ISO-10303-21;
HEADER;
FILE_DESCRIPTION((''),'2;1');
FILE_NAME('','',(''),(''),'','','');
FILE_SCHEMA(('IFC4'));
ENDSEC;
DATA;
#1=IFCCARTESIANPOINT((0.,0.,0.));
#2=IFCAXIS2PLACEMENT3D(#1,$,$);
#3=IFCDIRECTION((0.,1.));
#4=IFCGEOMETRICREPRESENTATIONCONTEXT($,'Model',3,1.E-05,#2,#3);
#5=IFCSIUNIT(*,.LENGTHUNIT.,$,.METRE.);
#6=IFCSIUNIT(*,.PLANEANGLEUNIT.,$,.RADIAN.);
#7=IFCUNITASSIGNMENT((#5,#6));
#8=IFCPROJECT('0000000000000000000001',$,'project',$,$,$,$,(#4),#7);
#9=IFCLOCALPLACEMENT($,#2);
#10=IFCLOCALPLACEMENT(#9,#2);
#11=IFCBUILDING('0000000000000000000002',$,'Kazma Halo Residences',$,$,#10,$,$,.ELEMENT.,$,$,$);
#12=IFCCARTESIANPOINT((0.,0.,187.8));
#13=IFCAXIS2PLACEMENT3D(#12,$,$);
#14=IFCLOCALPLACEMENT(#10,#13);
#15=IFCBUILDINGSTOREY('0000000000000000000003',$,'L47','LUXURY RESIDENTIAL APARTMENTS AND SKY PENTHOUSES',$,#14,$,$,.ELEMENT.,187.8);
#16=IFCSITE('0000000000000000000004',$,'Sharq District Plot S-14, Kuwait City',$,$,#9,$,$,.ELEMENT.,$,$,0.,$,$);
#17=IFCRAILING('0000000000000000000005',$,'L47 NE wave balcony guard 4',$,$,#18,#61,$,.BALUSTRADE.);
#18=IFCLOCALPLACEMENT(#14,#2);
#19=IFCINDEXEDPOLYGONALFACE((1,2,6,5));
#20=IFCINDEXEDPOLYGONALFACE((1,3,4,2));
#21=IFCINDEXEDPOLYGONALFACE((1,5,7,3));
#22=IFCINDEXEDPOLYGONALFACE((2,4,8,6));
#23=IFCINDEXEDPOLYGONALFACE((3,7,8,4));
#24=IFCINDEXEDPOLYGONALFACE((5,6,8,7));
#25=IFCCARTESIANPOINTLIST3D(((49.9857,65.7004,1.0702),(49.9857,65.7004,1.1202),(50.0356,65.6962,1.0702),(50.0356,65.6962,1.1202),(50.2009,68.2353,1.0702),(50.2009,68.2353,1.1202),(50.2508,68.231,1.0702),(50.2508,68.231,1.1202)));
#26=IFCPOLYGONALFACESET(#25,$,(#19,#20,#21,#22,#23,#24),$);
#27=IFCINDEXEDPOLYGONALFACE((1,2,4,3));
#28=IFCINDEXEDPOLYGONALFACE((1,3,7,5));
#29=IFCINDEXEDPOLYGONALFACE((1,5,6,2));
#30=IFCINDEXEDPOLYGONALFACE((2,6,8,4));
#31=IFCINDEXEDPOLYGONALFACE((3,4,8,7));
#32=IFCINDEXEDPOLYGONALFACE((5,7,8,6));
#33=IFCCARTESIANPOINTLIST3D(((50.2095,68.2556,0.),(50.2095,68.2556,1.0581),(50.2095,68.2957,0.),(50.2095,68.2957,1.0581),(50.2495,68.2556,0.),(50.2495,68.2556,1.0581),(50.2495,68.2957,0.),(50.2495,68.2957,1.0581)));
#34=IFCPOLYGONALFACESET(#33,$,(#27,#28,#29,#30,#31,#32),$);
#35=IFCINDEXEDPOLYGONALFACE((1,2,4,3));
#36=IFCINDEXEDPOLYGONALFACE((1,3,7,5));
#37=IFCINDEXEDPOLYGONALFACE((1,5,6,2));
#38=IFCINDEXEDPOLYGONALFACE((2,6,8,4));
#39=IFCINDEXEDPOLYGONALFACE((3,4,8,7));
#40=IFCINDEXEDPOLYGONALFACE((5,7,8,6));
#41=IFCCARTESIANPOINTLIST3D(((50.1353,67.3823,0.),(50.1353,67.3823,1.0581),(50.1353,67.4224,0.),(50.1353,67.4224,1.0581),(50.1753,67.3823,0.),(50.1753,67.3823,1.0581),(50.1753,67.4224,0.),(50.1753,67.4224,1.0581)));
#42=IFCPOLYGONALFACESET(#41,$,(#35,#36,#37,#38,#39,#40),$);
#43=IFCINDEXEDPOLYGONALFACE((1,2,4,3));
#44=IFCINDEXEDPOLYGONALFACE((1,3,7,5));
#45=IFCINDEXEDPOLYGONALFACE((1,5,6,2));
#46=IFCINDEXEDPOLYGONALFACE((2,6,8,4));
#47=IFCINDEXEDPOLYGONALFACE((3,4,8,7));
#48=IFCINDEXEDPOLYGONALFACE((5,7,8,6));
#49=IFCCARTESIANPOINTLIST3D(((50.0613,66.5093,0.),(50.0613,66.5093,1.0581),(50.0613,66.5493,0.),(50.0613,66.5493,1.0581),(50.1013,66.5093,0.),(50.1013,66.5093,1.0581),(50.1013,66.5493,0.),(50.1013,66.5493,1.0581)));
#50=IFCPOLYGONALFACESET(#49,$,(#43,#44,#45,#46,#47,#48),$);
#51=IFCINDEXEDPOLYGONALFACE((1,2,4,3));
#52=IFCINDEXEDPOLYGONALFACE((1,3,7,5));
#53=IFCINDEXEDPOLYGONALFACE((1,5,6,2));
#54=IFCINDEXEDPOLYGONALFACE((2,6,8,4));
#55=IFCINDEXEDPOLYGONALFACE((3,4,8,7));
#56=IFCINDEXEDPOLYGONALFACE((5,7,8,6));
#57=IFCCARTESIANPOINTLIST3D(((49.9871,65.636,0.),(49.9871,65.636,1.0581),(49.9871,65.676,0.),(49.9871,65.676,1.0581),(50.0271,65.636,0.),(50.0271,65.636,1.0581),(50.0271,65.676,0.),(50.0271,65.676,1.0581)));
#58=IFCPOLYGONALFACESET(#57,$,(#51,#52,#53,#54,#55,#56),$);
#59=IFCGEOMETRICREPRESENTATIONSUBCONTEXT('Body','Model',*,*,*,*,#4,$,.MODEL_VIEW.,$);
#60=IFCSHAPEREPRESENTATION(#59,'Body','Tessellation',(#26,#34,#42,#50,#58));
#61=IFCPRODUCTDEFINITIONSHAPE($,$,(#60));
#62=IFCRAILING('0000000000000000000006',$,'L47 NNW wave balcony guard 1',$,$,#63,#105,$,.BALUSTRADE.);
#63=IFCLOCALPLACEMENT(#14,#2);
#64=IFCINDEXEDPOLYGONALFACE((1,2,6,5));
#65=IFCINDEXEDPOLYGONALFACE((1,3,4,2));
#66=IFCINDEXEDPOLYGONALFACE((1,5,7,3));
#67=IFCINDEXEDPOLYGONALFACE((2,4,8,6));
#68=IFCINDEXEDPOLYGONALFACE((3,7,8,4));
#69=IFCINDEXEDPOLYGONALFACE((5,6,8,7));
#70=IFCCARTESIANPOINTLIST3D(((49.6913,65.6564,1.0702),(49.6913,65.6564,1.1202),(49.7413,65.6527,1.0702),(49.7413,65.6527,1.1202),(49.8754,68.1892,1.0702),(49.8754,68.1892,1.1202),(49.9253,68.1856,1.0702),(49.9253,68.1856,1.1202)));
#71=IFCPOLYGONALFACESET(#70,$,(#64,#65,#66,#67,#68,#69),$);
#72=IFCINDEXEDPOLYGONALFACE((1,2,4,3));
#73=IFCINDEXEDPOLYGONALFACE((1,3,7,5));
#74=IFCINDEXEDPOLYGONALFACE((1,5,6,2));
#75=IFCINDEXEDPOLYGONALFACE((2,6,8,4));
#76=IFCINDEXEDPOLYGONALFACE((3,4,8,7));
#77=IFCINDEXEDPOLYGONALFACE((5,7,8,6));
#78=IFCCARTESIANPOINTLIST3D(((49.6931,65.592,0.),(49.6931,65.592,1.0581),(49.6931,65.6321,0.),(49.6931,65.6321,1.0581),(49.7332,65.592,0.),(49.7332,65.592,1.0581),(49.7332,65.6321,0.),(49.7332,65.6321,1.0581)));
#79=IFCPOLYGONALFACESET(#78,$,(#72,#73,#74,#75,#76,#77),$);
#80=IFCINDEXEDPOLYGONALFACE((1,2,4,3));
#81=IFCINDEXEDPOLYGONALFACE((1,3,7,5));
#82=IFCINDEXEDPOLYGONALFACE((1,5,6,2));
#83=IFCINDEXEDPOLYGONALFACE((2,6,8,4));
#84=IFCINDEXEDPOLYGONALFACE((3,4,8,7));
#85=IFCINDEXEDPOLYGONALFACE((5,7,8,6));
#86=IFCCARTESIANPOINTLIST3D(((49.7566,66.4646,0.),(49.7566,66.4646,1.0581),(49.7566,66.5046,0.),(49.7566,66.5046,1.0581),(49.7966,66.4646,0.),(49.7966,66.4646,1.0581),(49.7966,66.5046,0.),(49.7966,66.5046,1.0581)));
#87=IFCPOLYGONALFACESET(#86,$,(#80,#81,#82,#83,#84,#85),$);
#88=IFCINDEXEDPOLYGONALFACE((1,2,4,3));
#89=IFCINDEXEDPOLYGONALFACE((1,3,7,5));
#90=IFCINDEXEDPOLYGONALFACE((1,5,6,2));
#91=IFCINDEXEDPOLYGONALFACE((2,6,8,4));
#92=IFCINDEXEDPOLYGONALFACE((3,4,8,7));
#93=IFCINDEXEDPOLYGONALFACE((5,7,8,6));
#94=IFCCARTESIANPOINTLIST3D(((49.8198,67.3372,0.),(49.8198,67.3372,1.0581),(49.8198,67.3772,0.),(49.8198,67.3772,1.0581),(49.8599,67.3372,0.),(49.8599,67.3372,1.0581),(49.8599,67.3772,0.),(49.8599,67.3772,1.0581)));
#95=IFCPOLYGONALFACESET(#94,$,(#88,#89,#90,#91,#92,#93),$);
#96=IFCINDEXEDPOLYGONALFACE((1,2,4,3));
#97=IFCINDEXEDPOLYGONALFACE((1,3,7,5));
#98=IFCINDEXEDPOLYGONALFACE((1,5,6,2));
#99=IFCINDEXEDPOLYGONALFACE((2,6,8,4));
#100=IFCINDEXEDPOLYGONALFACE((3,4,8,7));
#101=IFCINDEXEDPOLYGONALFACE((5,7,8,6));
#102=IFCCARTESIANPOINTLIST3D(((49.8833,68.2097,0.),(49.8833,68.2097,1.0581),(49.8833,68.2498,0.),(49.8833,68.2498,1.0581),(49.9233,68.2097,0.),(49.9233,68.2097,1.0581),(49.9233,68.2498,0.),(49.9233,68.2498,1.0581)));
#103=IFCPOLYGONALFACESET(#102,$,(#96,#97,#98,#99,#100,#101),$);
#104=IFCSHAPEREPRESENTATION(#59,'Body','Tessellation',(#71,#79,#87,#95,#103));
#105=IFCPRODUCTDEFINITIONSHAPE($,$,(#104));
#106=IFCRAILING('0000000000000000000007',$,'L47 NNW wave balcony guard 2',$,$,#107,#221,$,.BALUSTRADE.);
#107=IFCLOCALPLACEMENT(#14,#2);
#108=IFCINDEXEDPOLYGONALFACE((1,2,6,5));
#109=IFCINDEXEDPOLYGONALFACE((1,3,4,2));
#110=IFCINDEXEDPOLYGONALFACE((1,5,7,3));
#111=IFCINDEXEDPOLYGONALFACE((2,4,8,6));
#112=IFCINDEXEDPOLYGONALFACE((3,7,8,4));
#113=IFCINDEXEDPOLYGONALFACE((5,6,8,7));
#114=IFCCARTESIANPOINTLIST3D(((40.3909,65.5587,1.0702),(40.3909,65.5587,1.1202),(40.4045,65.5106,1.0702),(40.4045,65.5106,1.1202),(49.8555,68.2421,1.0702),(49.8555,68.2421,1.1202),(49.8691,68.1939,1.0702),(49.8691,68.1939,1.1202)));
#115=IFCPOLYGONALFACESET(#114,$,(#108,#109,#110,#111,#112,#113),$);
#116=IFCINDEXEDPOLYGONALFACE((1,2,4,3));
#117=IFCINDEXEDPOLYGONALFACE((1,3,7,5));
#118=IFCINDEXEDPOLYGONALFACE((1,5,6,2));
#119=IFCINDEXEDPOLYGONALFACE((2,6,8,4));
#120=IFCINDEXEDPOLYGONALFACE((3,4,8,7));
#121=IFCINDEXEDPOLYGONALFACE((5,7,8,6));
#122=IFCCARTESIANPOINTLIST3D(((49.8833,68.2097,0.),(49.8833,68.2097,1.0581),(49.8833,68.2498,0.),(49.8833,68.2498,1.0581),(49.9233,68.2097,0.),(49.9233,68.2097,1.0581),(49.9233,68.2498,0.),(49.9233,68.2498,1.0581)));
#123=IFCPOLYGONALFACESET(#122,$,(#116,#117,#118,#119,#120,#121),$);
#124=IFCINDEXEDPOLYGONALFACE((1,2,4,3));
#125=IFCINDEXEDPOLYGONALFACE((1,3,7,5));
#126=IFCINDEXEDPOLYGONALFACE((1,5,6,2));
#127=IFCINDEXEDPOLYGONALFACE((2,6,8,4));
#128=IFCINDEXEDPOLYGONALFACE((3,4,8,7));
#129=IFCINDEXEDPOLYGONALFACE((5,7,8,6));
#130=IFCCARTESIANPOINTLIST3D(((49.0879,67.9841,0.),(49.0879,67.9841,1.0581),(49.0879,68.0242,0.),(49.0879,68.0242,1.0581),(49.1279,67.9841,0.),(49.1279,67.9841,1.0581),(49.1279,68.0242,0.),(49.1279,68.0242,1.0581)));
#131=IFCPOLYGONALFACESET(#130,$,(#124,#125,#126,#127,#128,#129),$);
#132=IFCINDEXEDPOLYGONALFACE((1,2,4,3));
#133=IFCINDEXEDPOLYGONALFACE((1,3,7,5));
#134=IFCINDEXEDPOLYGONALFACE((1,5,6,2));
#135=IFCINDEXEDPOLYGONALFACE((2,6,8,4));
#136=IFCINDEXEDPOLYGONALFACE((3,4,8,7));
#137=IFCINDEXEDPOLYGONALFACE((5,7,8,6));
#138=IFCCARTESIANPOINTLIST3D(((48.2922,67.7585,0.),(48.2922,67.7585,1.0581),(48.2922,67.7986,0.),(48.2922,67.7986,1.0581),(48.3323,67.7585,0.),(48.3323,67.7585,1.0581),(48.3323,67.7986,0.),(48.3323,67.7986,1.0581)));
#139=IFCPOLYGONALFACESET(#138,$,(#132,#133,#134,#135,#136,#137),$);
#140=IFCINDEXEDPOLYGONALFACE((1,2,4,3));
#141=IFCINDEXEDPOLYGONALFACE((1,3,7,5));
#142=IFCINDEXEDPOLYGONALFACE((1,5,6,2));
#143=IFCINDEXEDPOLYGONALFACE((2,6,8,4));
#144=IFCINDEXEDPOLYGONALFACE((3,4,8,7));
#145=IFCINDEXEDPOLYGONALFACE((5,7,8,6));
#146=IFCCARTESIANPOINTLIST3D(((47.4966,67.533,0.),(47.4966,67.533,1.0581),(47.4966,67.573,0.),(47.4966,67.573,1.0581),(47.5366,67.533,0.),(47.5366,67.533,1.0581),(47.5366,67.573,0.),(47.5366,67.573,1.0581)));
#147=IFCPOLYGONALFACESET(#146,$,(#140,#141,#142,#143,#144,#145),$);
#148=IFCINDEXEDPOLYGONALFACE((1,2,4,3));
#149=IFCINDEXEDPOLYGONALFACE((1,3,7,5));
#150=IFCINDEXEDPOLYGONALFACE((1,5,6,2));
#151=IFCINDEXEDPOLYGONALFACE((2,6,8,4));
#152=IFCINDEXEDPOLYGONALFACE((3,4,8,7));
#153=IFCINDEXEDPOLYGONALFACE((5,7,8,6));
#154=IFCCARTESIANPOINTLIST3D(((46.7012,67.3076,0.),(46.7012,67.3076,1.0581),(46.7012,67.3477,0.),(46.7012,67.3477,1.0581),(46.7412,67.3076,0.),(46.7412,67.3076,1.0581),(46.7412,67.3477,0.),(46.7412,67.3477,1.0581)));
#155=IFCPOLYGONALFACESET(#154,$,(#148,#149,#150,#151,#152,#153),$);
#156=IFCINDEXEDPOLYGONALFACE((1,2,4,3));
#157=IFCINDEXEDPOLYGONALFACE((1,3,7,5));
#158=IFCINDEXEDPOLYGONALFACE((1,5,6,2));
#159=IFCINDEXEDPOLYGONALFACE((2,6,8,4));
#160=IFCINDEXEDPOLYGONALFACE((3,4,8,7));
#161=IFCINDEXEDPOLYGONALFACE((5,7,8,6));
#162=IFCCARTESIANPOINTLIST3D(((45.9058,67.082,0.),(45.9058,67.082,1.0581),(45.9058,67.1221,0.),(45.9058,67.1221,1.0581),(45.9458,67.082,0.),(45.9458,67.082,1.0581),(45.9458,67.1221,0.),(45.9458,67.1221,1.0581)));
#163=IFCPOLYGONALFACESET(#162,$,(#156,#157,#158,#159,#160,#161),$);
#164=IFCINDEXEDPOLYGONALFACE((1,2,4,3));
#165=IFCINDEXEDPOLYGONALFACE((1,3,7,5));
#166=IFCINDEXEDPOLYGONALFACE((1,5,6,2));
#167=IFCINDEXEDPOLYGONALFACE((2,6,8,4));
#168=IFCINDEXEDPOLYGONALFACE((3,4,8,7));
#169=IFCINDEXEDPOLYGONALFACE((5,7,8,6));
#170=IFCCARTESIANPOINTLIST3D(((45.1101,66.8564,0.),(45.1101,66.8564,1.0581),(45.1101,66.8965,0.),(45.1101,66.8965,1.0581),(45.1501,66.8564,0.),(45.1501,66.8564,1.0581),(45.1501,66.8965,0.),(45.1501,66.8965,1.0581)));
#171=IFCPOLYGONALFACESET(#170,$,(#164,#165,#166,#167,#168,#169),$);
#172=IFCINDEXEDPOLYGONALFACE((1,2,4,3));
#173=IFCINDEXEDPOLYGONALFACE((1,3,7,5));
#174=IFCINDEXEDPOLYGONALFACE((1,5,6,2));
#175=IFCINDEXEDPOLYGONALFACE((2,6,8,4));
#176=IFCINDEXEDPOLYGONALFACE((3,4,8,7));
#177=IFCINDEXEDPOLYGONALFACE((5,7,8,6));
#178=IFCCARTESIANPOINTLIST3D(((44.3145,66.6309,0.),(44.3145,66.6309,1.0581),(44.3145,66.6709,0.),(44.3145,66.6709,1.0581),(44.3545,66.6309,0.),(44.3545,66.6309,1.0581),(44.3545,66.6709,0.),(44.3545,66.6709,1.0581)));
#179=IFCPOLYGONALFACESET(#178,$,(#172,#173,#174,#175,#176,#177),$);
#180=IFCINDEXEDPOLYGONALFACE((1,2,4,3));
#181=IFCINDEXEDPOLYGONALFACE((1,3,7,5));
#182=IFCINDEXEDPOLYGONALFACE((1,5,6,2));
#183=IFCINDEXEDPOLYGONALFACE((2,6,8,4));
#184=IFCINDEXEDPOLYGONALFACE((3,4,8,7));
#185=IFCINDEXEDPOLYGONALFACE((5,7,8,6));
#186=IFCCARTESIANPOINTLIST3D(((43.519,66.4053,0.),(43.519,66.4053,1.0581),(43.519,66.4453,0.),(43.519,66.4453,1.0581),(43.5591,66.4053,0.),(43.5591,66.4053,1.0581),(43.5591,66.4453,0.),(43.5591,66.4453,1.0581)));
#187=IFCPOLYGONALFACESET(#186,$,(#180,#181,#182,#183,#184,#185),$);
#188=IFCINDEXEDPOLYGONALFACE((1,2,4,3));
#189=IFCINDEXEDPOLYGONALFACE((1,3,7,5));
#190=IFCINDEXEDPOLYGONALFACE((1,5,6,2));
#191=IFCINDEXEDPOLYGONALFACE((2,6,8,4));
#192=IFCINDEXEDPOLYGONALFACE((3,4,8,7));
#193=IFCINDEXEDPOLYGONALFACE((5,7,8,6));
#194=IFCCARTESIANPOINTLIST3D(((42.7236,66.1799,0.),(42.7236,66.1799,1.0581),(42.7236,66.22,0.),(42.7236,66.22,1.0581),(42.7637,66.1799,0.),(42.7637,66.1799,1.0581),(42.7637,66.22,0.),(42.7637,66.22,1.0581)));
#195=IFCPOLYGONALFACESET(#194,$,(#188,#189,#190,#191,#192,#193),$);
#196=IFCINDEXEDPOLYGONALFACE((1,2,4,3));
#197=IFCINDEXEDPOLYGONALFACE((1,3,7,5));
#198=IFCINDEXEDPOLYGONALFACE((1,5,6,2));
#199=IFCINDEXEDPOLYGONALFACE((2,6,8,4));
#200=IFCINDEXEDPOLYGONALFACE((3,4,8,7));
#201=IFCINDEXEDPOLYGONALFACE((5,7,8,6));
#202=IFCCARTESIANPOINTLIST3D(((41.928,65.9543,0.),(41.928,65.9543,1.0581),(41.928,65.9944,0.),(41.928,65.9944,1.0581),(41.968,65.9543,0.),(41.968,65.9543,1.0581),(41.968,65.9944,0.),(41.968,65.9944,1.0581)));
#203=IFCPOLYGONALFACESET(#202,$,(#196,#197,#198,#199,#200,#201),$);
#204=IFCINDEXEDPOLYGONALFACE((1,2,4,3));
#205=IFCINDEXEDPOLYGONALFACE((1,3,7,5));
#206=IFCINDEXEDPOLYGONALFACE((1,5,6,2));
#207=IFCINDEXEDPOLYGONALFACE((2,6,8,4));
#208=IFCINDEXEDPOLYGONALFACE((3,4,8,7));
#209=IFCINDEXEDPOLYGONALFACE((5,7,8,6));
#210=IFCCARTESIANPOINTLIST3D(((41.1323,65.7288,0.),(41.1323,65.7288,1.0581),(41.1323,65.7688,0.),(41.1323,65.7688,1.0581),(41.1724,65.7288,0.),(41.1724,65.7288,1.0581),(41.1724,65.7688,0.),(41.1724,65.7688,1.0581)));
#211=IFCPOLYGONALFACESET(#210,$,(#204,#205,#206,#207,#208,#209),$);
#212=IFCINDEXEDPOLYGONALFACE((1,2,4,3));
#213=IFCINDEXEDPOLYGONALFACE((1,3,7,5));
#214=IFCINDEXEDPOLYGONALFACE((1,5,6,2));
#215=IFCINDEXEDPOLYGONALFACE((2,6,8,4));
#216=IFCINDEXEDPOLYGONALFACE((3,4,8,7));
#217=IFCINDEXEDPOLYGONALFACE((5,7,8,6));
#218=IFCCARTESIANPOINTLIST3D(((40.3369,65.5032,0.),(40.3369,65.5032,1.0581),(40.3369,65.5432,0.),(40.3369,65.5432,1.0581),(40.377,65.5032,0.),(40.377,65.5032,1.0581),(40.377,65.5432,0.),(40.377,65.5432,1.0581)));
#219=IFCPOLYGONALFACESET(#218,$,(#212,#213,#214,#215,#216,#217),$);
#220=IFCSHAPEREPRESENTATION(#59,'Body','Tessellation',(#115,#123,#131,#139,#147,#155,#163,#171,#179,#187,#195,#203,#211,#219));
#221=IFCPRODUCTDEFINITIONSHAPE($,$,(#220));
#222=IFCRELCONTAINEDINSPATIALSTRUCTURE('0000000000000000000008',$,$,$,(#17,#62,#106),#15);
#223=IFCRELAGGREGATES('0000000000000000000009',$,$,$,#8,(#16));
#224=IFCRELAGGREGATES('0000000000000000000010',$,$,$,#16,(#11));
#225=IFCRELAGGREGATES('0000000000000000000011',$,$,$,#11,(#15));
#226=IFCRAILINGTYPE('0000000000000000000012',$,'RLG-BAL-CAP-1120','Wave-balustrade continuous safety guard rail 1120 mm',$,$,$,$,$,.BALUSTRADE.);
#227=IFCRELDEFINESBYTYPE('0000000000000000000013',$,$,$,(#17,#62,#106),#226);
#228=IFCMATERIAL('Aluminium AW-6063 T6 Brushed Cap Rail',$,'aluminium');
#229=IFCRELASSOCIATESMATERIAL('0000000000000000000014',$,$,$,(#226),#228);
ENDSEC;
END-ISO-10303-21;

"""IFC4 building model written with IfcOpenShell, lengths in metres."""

from ifc_helpers import new_model, si_unit, direction, frame, origin, origin_2d, place, context, subcontext, project, spatial, rectangle, extrude, material, type_object, element, save


model = new_model("IFC4")

# Units and contexts
model_context = context("Model", 3, precision=1e-05, world=origin(), true_north=direction((0.0, 1.0)))
body_context = subcontext(model_context, "Body", "Model", "MODEL_VIEW")
ifc_project = project(units=[si_unit("LENGTHUNIT", "METRE"), si_unit("PLANEANGLEUNIT", "RADIAN")], contexts=[model_context])

# Site, building, storey
site_placement = place(None, origin())
site = spatial("IfcSite", under=ifc_project, at=site_placement, Name="Sharq District Plot S-14, Kuwait City", CompositionType="ELEMENT", RefElevation=0.0)
building_placement = place(site_placement, origin())
building = spatial("IfcBuilding", under=site, at=building_placement, Name="Kazma Halo Residences", CompositionType="ELEMENT")
storey_placement = place(building_placement, frame((0.0, 0.0, 187.8)))
storey = spatial("IfcBuildingStorey", under=building, at=storey_placement, Name="L47", Description="LUXURY RESIDENTIAL APARTMENTS AND SKY PENTHOUSES", CompositionType="ELEMENT", Elevation=187.8)

# Railings
ifc_material_1 = material(Name="Aluminium AW-6063 T6 Brushed Cap Rail", Category="aluminium")
railing_type = type_object("IfcRailingType", Name="RLG-BAL-CAP-1120", Description="Wave-balustrade continuous safety guard rail 1120 mm", PredefinedType="BALUSTRADE", material=ifc_material_1)
railing_1_placement = place(storey_placement, frame((50.2295, 68.2756, 0.0)))
element("IfcRailing", 1, at=railing_1_placement, inside=storey, type_object=railing_type, Name="L47 NE wave balcony guard 4", PredefinedType="BALUSTRADE", context=body_context, shape_type="SweptSolid", body=[
    extrude(rectangle(XDim=0.05, YDim=0.05, at=origin_2d()), frame((-0.0037, -0.0425, 1.0952), z_axis=(-0.084598, -0.996415, 0.0), x_axis=(0.996415, -0.084598, 0.0)), (0.0, 0.0, 1.0), 2.5439),
    extrude(rectangle(XDim=0.04, YDim=0.04, at=origin_2d()), origin(), (0.0, 0.0, 1.0), 1.0581),
    extrude(rectangle(XDim=0.04, YDim=0.04, at=origin_2d()), frame((-0.0742, -0.8733, 0.0)), (0.0, 0.0, 1.0), 1.0581),
    extrude(rectangle(XDim=0.04, YDim=0.04, at=origin_2d()), frame((-0.1482, -1.7463, 0.0)), (0.0, 0.0, 1.0), 1.0581),
    extrude(rectangle(XDim=0.04, YDim=0.04, at=origin_2d()), frame((-0.2224, -2.6196, 0.0)), (0.0, 0.0, 1.0), 1.0581),
])
railing_2_placement = place(storey_placement, frame((49.7131, 65.6121, 0.0)))
element("IfcRailing", 2, at=railing_2_placement, inside=storey, type_object=railing_type, Name="L47 NNW wave balcony guard 1", PredefinedType="BALUSTRADE", context=body_context, shape_type="SweptSolid", body=[
    extrude(rectangle(XDim=0.05, YDim=0.05, at=origin_2d()), frame((0.0032, 0.0425, 1.0952), z_axis=(0.072463, 0.997371, 0.0), x_axis=(-0.997371, 0.072463, 0.0)), (0.0, 0.0, 1.0), 2.5396),
    extrude(rectangle(XDim=0.04, YDim=0.04, at=origin_2d()), origin(), (0.0, 0.0, 1.0), 1.0581),
    extrude(rectangle(XDim=0.04, YDim=0.04, at=origin_2d()), frame((0.0635, 0.8726, 0.0)), (0.0, 0.0, 1.0), 1.0581),
    extrude(rectangle(XDim=0.04, YDim=0.04, at=origin_2d()), frame((0.1267, 1.7451, 0.0)), (0.0, 0.0, 1.0), 1.0581),
    extrude(rectangle(XDim=0.04, YDim=0.04, at=origin_2d()), frame((0.1902, 2.6177, 0.0)), (0.0, 0.0, 1.0), 1.0581),
])
railing_3_placement = place(storey_placement, frame((49.9033, 68.2297, 0.0)))
element("IfcRailing", 3, at=railing_3_placement, inside=storey, type_object=railing_type, Name="L47 NNW wave balcony guard 2", PredefinedType="BALUSTRADE", context=body_context, shape_type="SweptSolid", body=[
    extrude(rectangle(XDim=0.05, YDim=0.05, at=origin_2d()), frame((-0.041, -0.0117, 1.0952), z_axis=(-0.962081, -0.272764, 0.0), x_axis=(0.272764, -0.962081, 0.0)), (0.0, 0.0, 1.0), 9.8376),
    extrude(rectangle(XDim=0.04, YDim=0.04, at=origin_2d()), origin(), (0.0, 0.0, 1.0), 1.0581),
    extrude(rectangle(XDim=0.04, YDim=0.04, at=origin_2d()), frame((-0.7954, -0.2256, 0.0)), (0.0, 0.0, 1.0), 1.0581),
    extrude(rectangle(XDim=0.04, YDim=0.04, at=origin_2d()), frame((-1.5911, -0.4512, 0.0)), (0.0, 0.0, 1.0), 1.0581),
    extrude(rectangle(XDim=0.04, YDim=0.04, at=origin_2d()), frame((-2.3867, -0.6768, 0.0)), (0.0, 0.0, 1.0), 1.0581),
    extrude(rectangle(XDim=0.04, YDim=0.04, at=origin_2d()), frame((-3.1821, -0.9021, 0.0)), (0.0, 0.0, 1.0), 1.0581),
    extrude(rectangle(XDim=0.04, YDim=0.04, at=origin_2d()), frame((-3.9775, -1.1277, 0.0)), (0.0, 0.0, 1.0), 1.0581),
    extrude(rectangle(XDim=0.04, YDim=0.04, at=origin_2d()), frame((-4.7732, -1.3533, 0.0)), (0.0, 0.0, 1.0), 1.0581),
    extrude(rectangle(XDim=0.04, YDim=0.04, at=origin_2d()), frame((-5.5688, -1.5789, 0.0)), (0.0, 0.0, 1.0), 1.0581),
    extrude(rectangle(XDim=0.04, YDim=0.04, at=origin_2d()), frame((-6.3643, -1.8044, 0.0)), (0.0, 0.0, 1.0), 1.0581),
    extrude(rectangle(XDim=0.04, YDim=0.04, at=origin_2d()), frame((-7.1597, -2.0298, 0.0)), (0.0, 0.0, 1.0), 1.0581),
    extrude(rectangle(XDim=0.04, YDim=0.04, at=origin_2d()), frame((-7.9553, -2.2554, 0.0)), (0.0, 0.0, 1.0), 1.0581),
    extrude(rectangle(XDim=0.04, YDim=0.04, at=origin_2d()), frame((-8.751, -2.481, 0.0)), (0.0, 0.0, 1.0), 1.0581),
    extrude(rectangle(XDim=0.04, YDim=0.04, at=origin_2d()), frame((-9.5464, -2.7065, 0.0)), (0.0, 0.0, 1.0), 1.0581),
])

save(model, "model.ifc")
